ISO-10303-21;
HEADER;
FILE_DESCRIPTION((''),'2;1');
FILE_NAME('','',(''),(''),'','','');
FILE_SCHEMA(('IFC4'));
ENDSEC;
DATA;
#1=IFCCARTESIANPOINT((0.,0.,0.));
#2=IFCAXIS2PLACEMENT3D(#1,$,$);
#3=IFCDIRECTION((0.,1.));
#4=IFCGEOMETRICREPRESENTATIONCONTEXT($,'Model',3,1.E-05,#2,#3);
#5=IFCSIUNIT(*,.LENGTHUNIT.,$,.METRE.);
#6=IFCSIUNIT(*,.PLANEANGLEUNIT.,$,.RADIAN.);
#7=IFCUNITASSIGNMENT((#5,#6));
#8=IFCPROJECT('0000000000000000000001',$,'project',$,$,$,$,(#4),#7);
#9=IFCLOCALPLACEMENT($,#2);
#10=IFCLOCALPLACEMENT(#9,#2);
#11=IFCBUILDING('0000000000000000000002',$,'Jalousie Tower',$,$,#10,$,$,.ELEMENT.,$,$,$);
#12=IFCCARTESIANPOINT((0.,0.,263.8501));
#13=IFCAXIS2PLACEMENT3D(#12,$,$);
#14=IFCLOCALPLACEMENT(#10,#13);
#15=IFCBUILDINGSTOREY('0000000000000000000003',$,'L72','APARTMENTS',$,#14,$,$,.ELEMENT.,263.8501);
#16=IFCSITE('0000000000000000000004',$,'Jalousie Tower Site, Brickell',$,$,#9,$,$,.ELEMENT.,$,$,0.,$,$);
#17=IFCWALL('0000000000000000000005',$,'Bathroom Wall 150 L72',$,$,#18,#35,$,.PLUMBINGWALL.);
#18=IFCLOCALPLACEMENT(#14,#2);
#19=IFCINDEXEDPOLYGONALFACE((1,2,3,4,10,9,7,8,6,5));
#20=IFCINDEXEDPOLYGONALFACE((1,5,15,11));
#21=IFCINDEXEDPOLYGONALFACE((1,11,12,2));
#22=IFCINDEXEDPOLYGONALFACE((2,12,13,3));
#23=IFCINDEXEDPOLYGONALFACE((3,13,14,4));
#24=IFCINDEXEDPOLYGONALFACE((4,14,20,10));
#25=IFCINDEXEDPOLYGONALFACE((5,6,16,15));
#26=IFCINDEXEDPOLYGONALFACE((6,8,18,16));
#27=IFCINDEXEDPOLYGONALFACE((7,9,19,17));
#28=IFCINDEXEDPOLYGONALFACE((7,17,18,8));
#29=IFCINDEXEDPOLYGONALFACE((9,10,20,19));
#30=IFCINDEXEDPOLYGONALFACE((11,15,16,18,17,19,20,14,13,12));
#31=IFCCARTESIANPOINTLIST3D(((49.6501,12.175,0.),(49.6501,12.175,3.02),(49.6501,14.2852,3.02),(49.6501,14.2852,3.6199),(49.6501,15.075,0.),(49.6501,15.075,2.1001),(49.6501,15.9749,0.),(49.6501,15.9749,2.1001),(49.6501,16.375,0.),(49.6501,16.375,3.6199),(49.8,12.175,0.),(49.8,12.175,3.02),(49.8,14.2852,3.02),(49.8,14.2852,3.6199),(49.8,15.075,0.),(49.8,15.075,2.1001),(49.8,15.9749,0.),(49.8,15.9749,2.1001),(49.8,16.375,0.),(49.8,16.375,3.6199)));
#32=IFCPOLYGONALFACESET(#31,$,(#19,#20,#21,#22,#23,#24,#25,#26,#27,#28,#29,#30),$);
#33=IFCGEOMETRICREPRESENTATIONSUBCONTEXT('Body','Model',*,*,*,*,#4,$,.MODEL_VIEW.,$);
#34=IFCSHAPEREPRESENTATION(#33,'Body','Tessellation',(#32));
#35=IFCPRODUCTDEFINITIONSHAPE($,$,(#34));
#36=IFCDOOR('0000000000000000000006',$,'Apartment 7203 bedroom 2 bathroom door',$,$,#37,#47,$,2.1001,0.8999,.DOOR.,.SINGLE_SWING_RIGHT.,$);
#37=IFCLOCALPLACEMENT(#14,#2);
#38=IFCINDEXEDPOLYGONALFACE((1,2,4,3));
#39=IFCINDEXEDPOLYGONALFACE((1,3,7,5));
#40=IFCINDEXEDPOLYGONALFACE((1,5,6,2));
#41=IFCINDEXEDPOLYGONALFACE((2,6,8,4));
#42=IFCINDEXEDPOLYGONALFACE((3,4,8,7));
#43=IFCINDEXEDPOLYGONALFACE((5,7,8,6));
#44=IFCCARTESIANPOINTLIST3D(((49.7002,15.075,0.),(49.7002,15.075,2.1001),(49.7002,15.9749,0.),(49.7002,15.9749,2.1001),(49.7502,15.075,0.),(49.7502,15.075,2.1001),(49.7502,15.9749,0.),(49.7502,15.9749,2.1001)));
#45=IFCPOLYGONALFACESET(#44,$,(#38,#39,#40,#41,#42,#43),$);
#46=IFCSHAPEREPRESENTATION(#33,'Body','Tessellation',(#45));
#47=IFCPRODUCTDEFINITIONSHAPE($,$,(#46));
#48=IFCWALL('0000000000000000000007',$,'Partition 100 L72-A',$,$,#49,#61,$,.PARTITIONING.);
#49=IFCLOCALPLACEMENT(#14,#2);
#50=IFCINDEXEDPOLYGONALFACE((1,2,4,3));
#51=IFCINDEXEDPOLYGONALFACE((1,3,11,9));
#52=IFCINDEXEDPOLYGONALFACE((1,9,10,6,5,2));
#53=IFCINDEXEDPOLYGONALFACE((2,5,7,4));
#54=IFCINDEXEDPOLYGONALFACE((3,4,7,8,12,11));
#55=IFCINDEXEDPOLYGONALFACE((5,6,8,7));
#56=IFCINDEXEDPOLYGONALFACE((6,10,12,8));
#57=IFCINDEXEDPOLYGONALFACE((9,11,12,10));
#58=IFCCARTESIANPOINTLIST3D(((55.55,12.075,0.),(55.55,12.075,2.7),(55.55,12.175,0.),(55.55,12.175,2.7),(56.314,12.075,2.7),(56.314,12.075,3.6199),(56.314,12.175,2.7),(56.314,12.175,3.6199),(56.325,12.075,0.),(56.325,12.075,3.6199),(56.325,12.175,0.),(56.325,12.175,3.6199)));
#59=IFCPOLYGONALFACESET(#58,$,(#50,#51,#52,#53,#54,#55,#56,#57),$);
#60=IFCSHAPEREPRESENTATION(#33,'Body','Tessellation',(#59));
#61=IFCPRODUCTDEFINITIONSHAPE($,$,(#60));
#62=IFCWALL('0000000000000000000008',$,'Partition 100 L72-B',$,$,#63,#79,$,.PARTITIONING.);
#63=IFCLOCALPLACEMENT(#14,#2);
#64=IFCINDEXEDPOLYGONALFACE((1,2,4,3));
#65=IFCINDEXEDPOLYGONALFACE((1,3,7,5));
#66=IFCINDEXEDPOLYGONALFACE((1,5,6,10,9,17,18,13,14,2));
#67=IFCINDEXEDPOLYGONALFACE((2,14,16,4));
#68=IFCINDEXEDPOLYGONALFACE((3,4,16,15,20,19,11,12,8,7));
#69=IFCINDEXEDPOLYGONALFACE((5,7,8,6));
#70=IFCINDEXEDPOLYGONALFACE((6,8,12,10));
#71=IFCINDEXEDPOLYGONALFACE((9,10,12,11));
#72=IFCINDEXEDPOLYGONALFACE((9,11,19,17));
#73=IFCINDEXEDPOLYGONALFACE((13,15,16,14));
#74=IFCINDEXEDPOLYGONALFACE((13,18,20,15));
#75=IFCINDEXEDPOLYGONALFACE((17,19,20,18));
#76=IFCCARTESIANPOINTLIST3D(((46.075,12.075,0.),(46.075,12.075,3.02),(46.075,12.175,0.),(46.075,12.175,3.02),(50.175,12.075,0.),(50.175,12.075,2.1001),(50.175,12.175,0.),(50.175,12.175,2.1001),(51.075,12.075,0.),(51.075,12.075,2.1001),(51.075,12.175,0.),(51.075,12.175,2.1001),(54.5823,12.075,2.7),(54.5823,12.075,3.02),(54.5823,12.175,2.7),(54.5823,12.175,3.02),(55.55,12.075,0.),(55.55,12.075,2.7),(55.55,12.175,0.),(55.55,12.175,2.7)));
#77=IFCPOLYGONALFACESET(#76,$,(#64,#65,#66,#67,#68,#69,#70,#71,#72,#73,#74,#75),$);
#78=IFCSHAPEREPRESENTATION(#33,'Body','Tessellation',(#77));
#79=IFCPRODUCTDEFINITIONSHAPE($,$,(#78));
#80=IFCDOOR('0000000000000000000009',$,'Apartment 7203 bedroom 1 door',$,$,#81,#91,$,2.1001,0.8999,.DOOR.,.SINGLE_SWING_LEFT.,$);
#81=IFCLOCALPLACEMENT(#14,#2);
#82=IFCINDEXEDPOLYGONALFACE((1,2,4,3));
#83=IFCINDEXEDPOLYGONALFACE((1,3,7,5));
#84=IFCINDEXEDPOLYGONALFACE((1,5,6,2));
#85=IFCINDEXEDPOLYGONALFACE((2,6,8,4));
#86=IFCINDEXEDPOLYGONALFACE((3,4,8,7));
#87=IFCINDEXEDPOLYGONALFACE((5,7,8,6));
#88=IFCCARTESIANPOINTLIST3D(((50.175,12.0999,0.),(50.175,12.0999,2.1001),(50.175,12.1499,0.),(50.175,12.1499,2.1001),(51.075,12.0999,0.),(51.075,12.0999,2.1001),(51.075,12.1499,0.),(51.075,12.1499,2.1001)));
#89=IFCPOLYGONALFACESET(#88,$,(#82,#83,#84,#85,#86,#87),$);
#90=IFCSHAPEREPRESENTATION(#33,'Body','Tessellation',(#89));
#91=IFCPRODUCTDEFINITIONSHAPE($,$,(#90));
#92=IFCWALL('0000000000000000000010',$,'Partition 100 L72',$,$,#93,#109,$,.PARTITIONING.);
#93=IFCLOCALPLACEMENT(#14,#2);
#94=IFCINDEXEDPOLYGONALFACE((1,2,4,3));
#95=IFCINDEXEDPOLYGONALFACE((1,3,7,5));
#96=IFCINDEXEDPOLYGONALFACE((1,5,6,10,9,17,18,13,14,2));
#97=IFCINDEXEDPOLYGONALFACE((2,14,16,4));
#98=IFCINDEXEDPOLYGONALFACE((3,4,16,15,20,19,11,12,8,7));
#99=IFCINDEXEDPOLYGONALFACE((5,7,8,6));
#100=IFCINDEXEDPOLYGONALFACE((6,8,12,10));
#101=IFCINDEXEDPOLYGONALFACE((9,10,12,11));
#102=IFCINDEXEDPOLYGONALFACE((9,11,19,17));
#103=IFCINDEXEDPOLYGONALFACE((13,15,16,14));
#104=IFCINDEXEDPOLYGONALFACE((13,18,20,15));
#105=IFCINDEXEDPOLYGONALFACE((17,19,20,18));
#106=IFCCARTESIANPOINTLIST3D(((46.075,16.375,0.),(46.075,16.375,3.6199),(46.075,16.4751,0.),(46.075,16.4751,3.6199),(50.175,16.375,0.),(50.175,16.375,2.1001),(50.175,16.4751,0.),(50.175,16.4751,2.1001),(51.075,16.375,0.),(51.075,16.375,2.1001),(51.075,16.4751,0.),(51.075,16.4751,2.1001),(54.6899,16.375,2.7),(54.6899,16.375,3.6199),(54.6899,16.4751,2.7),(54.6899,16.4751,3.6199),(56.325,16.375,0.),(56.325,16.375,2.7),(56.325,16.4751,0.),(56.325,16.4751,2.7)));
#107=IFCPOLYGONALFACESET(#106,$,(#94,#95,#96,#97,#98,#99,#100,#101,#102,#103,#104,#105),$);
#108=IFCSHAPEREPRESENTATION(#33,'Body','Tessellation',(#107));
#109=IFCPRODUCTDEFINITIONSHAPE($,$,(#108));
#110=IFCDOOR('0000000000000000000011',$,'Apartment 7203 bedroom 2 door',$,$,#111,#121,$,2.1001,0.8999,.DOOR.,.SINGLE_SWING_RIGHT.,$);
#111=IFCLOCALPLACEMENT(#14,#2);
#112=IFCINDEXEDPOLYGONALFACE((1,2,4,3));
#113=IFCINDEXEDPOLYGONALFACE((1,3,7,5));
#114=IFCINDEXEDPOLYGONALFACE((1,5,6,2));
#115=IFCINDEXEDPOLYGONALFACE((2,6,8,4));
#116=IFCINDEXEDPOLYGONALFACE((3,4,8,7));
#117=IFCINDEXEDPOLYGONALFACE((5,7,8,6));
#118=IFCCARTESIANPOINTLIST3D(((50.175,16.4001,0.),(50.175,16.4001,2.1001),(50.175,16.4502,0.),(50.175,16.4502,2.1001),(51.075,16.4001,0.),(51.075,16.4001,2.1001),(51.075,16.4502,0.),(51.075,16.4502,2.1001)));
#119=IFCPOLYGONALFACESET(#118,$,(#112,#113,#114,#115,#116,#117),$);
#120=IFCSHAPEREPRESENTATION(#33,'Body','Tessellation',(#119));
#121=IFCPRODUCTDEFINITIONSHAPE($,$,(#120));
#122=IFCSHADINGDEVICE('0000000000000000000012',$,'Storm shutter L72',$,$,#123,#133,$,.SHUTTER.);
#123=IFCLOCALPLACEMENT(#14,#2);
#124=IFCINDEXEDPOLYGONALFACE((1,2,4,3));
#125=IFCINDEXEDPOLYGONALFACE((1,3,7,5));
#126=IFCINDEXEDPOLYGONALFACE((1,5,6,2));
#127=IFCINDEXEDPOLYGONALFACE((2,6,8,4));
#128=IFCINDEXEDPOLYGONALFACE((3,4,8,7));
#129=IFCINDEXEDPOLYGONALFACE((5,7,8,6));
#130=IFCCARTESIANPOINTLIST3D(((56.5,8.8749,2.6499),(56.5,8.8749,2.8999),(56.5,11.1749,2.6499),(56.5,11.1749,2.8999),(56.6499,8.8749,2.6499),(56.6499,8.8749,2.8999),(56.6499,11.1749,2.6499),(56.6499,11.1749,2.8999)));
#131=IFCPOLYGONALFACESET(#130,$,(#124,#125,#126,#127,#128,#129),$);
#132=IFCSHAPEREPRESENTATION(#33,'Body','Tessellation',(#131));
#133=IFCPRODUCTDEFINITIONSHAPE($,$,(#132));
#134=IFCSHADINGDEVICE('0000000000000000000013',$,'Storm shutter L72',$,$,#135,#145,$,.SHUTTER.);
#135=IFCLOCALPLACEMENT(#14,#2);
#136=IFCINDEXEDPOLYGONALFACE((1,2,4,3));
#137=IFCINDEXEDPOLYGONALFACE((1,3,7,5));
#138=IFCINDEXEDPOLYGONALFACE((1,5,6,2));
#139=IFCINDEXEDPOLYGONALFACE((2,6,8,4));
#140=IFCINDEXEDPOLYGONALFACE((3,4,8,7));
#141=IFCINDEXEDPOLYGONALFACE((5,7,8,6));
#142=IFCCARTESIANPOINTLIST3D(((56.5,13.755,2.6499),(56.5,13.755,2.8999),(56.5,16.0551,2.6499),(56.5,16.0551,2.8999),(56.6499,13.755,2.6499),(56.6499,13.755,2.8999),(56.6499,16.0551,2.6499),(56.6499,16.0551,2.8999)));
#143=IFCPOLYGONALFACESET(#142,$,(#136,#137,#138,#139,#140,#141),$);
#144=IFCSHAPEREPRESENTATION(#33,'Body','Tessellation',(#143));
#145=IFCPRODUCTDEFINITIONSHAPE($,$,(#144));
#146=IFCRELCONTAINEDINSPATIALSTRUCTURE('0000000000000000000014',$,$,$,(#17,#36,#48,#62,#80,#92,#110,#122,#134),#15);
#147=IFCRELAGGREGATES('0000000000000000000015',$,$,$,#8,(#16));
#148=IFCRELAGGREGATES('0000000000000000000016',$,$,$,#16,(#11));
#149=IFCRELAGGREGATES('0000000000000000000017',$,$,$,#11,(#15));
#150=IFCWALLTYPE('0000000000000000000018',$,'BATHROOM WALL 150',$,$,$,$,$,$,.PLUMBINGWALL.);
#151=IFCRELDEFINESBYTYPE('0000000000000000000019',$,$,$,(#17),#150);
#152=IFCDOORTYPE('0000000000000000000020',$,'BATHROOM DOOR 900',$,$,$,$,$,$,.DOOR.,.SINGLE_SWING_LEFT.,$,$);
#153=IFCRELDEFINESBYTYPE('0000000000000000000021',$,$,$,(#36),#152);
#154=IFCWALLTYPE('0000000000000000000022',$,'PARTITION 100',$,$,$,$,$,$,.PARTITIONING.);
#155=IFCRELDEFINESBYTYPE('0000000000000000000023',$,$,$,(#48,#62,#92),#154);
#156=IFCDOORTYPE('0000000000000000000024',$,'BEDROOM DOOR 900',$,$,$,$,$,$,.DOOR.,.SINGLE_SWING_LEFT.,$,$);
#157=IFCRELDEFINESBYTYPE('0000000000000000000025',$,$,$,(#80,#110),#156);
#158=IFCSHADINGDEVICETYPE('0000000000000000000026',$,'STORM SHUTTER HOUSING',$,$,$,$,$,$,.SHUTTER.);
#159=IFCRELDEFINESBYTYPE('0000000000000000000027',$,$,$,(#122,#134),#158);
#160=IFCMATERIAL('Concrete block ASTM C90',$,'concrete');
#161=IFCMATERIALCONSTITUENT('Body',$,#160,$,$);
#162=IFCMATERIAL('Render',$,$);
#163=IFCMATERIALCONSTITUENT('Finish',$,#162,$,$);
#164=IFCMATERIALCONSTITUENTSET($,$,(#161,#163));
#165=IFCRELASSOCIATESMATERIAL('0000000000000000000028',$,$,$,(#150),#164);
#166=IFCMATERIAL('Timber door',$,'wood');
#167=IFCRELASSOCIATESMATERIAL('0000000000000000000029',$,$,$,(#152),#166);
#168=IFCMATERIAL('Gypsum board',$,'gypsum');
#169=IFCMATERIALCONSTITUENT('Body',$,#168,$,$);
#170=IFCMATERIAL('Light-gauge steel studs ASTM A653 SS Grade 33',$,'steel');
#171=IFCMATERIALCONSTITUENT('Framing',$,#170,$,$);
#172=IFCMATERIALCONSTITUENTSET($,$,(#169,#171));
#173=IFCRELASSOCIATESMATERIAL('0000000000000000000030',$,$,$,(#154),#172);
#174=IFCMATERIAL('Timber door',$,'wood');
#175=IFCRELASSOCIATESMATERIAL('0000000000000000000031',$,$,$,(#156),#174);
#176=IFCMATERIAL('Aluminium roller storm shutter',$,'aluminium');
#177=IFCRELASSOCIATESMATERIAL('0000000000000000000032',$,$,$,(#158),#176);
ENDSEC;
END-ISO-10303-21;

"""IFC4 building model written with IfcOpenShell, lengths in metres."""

from ifc_helpers import new_model, si_unit, direction, frame, frame_2d, origin, origin_2d, place, context, subcontext, project, spatial, polyline, rectangle, outline, extrude, material, constituent, constituent_set, type_object, element, fill, save


model = new_model("IFC4")

# Units and contexts
model_context = context("Model", 3, precision=1e-05, world=origin(), true_north=direction((0.0, 1.0)))
body_context = subcontext(model_context, "Body", "Model", "MODEL_VIEW")
ifc_project = project(units=[si_unit("LENGTHUNIT", "METRE"), si_unit("PLANEANGLEUNIT", "RADIAN")], contexts=[model_context])

# Site, building, storey
site_placement = place(None, origin())
site = spatial("IfcSite", under=ifc_project, at=site_placement, Name="Jalousie Tower Site, Brickell", CompositionType="ELEMENT", RefElevation=0.0)
building_placement = place(site_placement, origin())
building = spatial("IfcBuilding", under=site, at=building_placement, Name="Jalousie Tower", CompositionType="ELEMENT")
storey_placement = place(building_placement, frame((0.0, 0.0, 263.8501)))
storey = spatial("IfcBuildingStorey", under=building, at=storey_placement, Name="L72", Description="APARTMENTS", CompositionType="ELEMENT", Elevation=263.8501)

# Wall, opening, door
ifc_material_1 = material(Name="Concrete block ASTM C90", Category="concrete")
ifc_constituent_1 = constituent(ifc_material_1, Name="Body")
ifc_material_2 = material(Name="Render")
ifc_constituent_2 = constituent(ifc_material_2, Name="Finish")
ifc_constituent_set_1 = constituent_set(constituents=[ifc_constituent_1, ifc_constituent_2])
wall_type_1 = type_object("IfcWallType", Name="BATHROOM WALL 150", PredefinedType="PLUMBINGWALL", material=ifc_constituent_set_1)
ifc_material_3 = material(Name="Timber door", Category="wood")
door_type_1 = type_object("IfcDoorType", Name="BATHROOM DOOR 900", OperationType="SINGLE_SWING_LEFT", PredefinedType="DOOR", material=ifc_material_3)
wall_1_placement = place(storey_placement, frame((49.7251, 12.175, 0.0), z_axis=(0.0, 0.0, 1.0), x_axis=(0.0, 1.0, 0.0)))
wall_1 = element("IfcWall", 1, at=wall_1_placement, inside=storey, type_object=wall_type_1, Name="Bathroom Wall 150 L72", PredefinedType="PLUMBINGWALL", context=body_context, shape_type="SweptSolid", body=[
    extrude(outline(polyline([(0.0, 0.0), (4.2, 0.0), (4.2, 3.6199), (2.1101, 3.6199), (2.1101, 3.02), (0.0, 3.02), (0.0, 3.6199), (0.0, 0.0)])), frame((0.0, 0.075, 0.0), z_axis=(0.0, -1.0, 0.0), x_axis=(1.0, 0.0, 0.0)), (0.0, 0.0, 1.0), 0.1499),
])
opening_1_placement = place(wall_1_placement, frame((2.8999, 0.0, 0.0)))
opening_1 = element("IfcOpeningElement", 2, at=opening_1_placement, cuts=wall_1, PredefinedType="OPENING", context=body_context, shape_type="SweptSolid", body=[
    extrude(rectangle(XDim=0.8999, YDim=2.1001, at=frame_2d((0.45, 1.05))), frame((0.0, 0.085, 0.0), z_axis=(0.0, -1.0, 0.0), x_axis=(1.0, 0.0, 0.0)), (0.0, 0.0, 1.0), 0.1699),
])
door_1_placement = place(opening_1_placement, origin())
door_1 = element("IfcDoor", 3, at=door_1_placement, inside=storey, type_object=door_type_1, Name="Apartment 7203 bedroom 2 bathroom door", OperationType="SINGLE_SWING_RIGHT", OverallHeight=2.1001, OverallWidth=0.8999, PredefinedType="DOOR", context=body_context, shape_type="SweptSolid", body=[
    extrude(rectangle(XDim=0.8999, YDim=2.1001, at=frame_2d((0.45, 1.05))), frame((0.0, 0.0249, 0.0), z_axis=(0.0, -1.0, 0.0), x_axis=(1.0, 0.0, 0.0)), (0.0, 0.0, 1.0), 0.05),
])
fill(opening_1, door_1)

# Wall
ifc_material_4 = material(Name="Gypsum board", Category="gypsum")
ifc_constituent_3 = constituent(ifc_material_4, Name="Body")
ifc_material_5 = material(Name="Light-gauge steel studs ASTM A653 SS Grade 33", Category="steel")
ifc_constituent_4 = constituent(ifc_material_5, Name="Framing")
ifc_constituent_set_2 = constituent_set(constituents=[ifc_constituent_3, ifc_constituent_4])
wall_type_2 = type_object("IfcWallType", Name="PARTITION 100", PredefinedType="PARTITIONING", material=ifc_constituent_set_2)
wall_2_placement = place(storey_placement, frame((56.325, 12.125, 0.0), z_axis=(0.0, 0.0, 1.0), x_axis=(-1.0, 0.0, 0.0)))
element("IfcWall", 4, at=wall_2_placement, inside=storey, type_object=wall_type_2, Name="Partition 100 L72-A", PredefinedType="PARTITIONING", context=body_context, shape_type="SweptSolid", body=[
    extrude(outline(polyline([(0.0, 0.0), (0.7749, 0.0), (0.7749, 2.7), (0.011, 2.7), (0.011, 3.6199), (0.0, 3.6199), (0.0, 0.0)])), frame((0.0, 0.05, 0.0), z_axis=(0.0, -1.0, 0.0), x_axis=(1.0, 0.0, 0.0)), (0.0, 0.0, 1.0), 0.1001),
])

# Walls, openings, doors
wall_3_placement = place(storey_placement, frame((55.55, 12.125, 0.0), z_axis=(0.0, 0.0, 1.0), x_axis=(-1.0, 0.0, 0.0)))
wall_3 = element("IfcWall", 5, at=wall_3_placement, inside=storey, type_object=wall_type_2, Name="Partition 100 L72-B", PredefinedType="PARTITIONING", context=body_context, shape_type="SweptSolid", body=[
    extrude(outline(polyline([(0.0, 0.0), (9.4751, 0.0), (9.4751, 3.02), (0.9678, 3.02), (0.9678, 2.7), (0.0, 2.7), (0.0, 0.0)])), frame((0.0, 0.05, 0.0), z_axis=(0.0, -1.0, 0.0), x_axis=(1.0, 0.0, 0.0)), (0.0, 0.0, 1.0), 0.1001),
])
opening_2_placement = place(wall_3_placement, frame((4.4751, 0.0, 0.0)))
opening_2 = element("IfcOpeningElement", 6, at=opening_2_placement, cuts=wall_3, PredefinedType="OPENING", context=body_context, shape_type="SweptSolid", body=[
    extrude(rectangle(XDim=0.8999, YDim=2.1001, at=frame_2d((0.45, 1.05))), frame((0.0, 0.0601, 0.0), z_axis=(0.0, -1.0, 0.0), x_axis=(1.0, 0.0, 0.0)), (0.0, 0.0, 1.0), 0.1201),
])
ifc_material_6 = material(Name="Timber door", Category="wood")
door_type_2 = type_object("IfcDoorType", Name="BEDROOM DOOR 900", OperationType="SINGLE_SWING_LEFT", PredefinedType="DOOR", material=ifc_material_6)
door_2_placement = place(opening_2_placement, frame((0.8999, 0.0, 0.0), z_axis=(0.0, 0.0, 1.0), x_axis=(-1.0, 0.0, 0.0)))
door_2 = element("IfcDoor", 7, at=door_2_placement, inside=storey, type_object=door_type_2, Name="Apartment 7203 bedroom 1 door", OperationType="SINGLE_SWING_LEFT", OverallHeight=2.1001, OverallWidth=0.8999, PredefinedType="DOOR", context=body_context, shape_type="SweptSolid", body=[
    extrude(rectangle(XDim=0.8999, YDim=2.1001, at=frame_2d((0.45, 1.05))), frame((0.0, 0.0249, 0.0), z_axis=(0.0, -1.0, 0.0), x_axis=(1.0, 0.0, 0.0)), (0.0, 0.0, 1.0), 0.05),
])
fill(opening_2, door_2)
wall_4_placement = place(storey_placement, frame((56.325, 16.425, 0.0), z_axis=(0.0, 0.0, 1.0), x_axis=(-1.0, 0.0, 0.0)))
wall_4 = element("IfcWall", 8, at=wall_4_placement, inside=storey, type_object=wall_type_2, Name="Partition 100 L72", PredefinedType="PARTITIONING", context=body_context, shape_type="SweptSolid", body=[
    extrude(outline(polyline([(0.0, 0.0), (10.25, 0.0), (10.25, 3.6199), (1.635, 3.6199), (1.635, 2.7), (0.0, 2.7), (0.0, 3.6199), (0.0, 0.0)])), frame((0.0, 0.05, 0.0), z_axis=(0.0, -1.0, 0.0), x_axis=(1.0, 0.0, 0.0)), (0.0, 0.0, 1.0), 0.1001),
])
opening_3_placement = place(wall_4_placement, frame((5.25, 0.0, 0.0)))
opening_3 = element("IfcOpeningElement", 9, at=opening_3_placement, cuts=wall_4, PredefinedType="OPENING", context=body_context, shape_type="SweptSolid", body=[
    extrude(rectangle(XDim=0.8999, YDim=2.1001, at=frame_2d((0.45, 1.05))), frame((0.0, 0.0601, 0.0), z_axis=(0.0, -1.0, 0.0), x_axis=(1.0, 0.0, 0.0)), (0.0, 0.0, 1.0), 0.1201),
])
door_3_placement = place(opening_3_placement, origin())
door_3 = element("IfcDoor", 10, at=door_3_placement, inside=storey, type_object=door_type_2, Name="Apartment 7203 bedroom 2 door", OperationType="SINGLE_SWING_RIGHT", OverallHeight=2.1001, OverallWidth=0.8999, PredefinedType="DOOR", context=body_context, shape_type="SweptSolid", body=[
    extrude(rectangle(XDim=0.8999, YDim=2.1001, at=frame_2d((0.45, 1.05))), frame((0.0, 0.0249, 0.0), z_axis=(0.0, -1.0, 0.0), x_axis=(1.0, 0.0, 0.0)), (0.0, 0.0, 1.0), 0.05),
])
fill(opening_3, door_3)

# Shading devices
ifc_material_7 = material(Name="Aluminium roller storm shutter", Category="aluminium")
shading_device_type = type_object("IfcShadingDeviceType", Name="STORM SHUTTER HOUSING", PredefinedType="SHUTTER", material=ifc_material_7)
for number, where, z_axis, x_axis, name in (
    (11, (56.575, 10.0249, 2.6499), (0.0, 0.0, 1.0), (0.0, 1.0, 0.0), "Storm shutter L72"),
    (12, (56.575, 14.905, 2.6499), (0.0, 0.0, 1.0), (0.0, 1.0, 0.0), "Storm shutter L72"),
):
    element("IfcShadingDevice", number, at=place(storey_placement, frame(where, z_axis=z_axis, x_axis=x_axis)), inside=storey, type_object=shading_device_type, Name=name, PredefinedType="SHUTTER", context=body_context, shape_type="SweptSolid", body=[
        extrude(rectangle(XDim=2.3, YDim=0.1499, at=origin_2d()), origin(), (0.0, 0.0, 1.0), 0.25),
    ])

save(model, "model.ifc")
